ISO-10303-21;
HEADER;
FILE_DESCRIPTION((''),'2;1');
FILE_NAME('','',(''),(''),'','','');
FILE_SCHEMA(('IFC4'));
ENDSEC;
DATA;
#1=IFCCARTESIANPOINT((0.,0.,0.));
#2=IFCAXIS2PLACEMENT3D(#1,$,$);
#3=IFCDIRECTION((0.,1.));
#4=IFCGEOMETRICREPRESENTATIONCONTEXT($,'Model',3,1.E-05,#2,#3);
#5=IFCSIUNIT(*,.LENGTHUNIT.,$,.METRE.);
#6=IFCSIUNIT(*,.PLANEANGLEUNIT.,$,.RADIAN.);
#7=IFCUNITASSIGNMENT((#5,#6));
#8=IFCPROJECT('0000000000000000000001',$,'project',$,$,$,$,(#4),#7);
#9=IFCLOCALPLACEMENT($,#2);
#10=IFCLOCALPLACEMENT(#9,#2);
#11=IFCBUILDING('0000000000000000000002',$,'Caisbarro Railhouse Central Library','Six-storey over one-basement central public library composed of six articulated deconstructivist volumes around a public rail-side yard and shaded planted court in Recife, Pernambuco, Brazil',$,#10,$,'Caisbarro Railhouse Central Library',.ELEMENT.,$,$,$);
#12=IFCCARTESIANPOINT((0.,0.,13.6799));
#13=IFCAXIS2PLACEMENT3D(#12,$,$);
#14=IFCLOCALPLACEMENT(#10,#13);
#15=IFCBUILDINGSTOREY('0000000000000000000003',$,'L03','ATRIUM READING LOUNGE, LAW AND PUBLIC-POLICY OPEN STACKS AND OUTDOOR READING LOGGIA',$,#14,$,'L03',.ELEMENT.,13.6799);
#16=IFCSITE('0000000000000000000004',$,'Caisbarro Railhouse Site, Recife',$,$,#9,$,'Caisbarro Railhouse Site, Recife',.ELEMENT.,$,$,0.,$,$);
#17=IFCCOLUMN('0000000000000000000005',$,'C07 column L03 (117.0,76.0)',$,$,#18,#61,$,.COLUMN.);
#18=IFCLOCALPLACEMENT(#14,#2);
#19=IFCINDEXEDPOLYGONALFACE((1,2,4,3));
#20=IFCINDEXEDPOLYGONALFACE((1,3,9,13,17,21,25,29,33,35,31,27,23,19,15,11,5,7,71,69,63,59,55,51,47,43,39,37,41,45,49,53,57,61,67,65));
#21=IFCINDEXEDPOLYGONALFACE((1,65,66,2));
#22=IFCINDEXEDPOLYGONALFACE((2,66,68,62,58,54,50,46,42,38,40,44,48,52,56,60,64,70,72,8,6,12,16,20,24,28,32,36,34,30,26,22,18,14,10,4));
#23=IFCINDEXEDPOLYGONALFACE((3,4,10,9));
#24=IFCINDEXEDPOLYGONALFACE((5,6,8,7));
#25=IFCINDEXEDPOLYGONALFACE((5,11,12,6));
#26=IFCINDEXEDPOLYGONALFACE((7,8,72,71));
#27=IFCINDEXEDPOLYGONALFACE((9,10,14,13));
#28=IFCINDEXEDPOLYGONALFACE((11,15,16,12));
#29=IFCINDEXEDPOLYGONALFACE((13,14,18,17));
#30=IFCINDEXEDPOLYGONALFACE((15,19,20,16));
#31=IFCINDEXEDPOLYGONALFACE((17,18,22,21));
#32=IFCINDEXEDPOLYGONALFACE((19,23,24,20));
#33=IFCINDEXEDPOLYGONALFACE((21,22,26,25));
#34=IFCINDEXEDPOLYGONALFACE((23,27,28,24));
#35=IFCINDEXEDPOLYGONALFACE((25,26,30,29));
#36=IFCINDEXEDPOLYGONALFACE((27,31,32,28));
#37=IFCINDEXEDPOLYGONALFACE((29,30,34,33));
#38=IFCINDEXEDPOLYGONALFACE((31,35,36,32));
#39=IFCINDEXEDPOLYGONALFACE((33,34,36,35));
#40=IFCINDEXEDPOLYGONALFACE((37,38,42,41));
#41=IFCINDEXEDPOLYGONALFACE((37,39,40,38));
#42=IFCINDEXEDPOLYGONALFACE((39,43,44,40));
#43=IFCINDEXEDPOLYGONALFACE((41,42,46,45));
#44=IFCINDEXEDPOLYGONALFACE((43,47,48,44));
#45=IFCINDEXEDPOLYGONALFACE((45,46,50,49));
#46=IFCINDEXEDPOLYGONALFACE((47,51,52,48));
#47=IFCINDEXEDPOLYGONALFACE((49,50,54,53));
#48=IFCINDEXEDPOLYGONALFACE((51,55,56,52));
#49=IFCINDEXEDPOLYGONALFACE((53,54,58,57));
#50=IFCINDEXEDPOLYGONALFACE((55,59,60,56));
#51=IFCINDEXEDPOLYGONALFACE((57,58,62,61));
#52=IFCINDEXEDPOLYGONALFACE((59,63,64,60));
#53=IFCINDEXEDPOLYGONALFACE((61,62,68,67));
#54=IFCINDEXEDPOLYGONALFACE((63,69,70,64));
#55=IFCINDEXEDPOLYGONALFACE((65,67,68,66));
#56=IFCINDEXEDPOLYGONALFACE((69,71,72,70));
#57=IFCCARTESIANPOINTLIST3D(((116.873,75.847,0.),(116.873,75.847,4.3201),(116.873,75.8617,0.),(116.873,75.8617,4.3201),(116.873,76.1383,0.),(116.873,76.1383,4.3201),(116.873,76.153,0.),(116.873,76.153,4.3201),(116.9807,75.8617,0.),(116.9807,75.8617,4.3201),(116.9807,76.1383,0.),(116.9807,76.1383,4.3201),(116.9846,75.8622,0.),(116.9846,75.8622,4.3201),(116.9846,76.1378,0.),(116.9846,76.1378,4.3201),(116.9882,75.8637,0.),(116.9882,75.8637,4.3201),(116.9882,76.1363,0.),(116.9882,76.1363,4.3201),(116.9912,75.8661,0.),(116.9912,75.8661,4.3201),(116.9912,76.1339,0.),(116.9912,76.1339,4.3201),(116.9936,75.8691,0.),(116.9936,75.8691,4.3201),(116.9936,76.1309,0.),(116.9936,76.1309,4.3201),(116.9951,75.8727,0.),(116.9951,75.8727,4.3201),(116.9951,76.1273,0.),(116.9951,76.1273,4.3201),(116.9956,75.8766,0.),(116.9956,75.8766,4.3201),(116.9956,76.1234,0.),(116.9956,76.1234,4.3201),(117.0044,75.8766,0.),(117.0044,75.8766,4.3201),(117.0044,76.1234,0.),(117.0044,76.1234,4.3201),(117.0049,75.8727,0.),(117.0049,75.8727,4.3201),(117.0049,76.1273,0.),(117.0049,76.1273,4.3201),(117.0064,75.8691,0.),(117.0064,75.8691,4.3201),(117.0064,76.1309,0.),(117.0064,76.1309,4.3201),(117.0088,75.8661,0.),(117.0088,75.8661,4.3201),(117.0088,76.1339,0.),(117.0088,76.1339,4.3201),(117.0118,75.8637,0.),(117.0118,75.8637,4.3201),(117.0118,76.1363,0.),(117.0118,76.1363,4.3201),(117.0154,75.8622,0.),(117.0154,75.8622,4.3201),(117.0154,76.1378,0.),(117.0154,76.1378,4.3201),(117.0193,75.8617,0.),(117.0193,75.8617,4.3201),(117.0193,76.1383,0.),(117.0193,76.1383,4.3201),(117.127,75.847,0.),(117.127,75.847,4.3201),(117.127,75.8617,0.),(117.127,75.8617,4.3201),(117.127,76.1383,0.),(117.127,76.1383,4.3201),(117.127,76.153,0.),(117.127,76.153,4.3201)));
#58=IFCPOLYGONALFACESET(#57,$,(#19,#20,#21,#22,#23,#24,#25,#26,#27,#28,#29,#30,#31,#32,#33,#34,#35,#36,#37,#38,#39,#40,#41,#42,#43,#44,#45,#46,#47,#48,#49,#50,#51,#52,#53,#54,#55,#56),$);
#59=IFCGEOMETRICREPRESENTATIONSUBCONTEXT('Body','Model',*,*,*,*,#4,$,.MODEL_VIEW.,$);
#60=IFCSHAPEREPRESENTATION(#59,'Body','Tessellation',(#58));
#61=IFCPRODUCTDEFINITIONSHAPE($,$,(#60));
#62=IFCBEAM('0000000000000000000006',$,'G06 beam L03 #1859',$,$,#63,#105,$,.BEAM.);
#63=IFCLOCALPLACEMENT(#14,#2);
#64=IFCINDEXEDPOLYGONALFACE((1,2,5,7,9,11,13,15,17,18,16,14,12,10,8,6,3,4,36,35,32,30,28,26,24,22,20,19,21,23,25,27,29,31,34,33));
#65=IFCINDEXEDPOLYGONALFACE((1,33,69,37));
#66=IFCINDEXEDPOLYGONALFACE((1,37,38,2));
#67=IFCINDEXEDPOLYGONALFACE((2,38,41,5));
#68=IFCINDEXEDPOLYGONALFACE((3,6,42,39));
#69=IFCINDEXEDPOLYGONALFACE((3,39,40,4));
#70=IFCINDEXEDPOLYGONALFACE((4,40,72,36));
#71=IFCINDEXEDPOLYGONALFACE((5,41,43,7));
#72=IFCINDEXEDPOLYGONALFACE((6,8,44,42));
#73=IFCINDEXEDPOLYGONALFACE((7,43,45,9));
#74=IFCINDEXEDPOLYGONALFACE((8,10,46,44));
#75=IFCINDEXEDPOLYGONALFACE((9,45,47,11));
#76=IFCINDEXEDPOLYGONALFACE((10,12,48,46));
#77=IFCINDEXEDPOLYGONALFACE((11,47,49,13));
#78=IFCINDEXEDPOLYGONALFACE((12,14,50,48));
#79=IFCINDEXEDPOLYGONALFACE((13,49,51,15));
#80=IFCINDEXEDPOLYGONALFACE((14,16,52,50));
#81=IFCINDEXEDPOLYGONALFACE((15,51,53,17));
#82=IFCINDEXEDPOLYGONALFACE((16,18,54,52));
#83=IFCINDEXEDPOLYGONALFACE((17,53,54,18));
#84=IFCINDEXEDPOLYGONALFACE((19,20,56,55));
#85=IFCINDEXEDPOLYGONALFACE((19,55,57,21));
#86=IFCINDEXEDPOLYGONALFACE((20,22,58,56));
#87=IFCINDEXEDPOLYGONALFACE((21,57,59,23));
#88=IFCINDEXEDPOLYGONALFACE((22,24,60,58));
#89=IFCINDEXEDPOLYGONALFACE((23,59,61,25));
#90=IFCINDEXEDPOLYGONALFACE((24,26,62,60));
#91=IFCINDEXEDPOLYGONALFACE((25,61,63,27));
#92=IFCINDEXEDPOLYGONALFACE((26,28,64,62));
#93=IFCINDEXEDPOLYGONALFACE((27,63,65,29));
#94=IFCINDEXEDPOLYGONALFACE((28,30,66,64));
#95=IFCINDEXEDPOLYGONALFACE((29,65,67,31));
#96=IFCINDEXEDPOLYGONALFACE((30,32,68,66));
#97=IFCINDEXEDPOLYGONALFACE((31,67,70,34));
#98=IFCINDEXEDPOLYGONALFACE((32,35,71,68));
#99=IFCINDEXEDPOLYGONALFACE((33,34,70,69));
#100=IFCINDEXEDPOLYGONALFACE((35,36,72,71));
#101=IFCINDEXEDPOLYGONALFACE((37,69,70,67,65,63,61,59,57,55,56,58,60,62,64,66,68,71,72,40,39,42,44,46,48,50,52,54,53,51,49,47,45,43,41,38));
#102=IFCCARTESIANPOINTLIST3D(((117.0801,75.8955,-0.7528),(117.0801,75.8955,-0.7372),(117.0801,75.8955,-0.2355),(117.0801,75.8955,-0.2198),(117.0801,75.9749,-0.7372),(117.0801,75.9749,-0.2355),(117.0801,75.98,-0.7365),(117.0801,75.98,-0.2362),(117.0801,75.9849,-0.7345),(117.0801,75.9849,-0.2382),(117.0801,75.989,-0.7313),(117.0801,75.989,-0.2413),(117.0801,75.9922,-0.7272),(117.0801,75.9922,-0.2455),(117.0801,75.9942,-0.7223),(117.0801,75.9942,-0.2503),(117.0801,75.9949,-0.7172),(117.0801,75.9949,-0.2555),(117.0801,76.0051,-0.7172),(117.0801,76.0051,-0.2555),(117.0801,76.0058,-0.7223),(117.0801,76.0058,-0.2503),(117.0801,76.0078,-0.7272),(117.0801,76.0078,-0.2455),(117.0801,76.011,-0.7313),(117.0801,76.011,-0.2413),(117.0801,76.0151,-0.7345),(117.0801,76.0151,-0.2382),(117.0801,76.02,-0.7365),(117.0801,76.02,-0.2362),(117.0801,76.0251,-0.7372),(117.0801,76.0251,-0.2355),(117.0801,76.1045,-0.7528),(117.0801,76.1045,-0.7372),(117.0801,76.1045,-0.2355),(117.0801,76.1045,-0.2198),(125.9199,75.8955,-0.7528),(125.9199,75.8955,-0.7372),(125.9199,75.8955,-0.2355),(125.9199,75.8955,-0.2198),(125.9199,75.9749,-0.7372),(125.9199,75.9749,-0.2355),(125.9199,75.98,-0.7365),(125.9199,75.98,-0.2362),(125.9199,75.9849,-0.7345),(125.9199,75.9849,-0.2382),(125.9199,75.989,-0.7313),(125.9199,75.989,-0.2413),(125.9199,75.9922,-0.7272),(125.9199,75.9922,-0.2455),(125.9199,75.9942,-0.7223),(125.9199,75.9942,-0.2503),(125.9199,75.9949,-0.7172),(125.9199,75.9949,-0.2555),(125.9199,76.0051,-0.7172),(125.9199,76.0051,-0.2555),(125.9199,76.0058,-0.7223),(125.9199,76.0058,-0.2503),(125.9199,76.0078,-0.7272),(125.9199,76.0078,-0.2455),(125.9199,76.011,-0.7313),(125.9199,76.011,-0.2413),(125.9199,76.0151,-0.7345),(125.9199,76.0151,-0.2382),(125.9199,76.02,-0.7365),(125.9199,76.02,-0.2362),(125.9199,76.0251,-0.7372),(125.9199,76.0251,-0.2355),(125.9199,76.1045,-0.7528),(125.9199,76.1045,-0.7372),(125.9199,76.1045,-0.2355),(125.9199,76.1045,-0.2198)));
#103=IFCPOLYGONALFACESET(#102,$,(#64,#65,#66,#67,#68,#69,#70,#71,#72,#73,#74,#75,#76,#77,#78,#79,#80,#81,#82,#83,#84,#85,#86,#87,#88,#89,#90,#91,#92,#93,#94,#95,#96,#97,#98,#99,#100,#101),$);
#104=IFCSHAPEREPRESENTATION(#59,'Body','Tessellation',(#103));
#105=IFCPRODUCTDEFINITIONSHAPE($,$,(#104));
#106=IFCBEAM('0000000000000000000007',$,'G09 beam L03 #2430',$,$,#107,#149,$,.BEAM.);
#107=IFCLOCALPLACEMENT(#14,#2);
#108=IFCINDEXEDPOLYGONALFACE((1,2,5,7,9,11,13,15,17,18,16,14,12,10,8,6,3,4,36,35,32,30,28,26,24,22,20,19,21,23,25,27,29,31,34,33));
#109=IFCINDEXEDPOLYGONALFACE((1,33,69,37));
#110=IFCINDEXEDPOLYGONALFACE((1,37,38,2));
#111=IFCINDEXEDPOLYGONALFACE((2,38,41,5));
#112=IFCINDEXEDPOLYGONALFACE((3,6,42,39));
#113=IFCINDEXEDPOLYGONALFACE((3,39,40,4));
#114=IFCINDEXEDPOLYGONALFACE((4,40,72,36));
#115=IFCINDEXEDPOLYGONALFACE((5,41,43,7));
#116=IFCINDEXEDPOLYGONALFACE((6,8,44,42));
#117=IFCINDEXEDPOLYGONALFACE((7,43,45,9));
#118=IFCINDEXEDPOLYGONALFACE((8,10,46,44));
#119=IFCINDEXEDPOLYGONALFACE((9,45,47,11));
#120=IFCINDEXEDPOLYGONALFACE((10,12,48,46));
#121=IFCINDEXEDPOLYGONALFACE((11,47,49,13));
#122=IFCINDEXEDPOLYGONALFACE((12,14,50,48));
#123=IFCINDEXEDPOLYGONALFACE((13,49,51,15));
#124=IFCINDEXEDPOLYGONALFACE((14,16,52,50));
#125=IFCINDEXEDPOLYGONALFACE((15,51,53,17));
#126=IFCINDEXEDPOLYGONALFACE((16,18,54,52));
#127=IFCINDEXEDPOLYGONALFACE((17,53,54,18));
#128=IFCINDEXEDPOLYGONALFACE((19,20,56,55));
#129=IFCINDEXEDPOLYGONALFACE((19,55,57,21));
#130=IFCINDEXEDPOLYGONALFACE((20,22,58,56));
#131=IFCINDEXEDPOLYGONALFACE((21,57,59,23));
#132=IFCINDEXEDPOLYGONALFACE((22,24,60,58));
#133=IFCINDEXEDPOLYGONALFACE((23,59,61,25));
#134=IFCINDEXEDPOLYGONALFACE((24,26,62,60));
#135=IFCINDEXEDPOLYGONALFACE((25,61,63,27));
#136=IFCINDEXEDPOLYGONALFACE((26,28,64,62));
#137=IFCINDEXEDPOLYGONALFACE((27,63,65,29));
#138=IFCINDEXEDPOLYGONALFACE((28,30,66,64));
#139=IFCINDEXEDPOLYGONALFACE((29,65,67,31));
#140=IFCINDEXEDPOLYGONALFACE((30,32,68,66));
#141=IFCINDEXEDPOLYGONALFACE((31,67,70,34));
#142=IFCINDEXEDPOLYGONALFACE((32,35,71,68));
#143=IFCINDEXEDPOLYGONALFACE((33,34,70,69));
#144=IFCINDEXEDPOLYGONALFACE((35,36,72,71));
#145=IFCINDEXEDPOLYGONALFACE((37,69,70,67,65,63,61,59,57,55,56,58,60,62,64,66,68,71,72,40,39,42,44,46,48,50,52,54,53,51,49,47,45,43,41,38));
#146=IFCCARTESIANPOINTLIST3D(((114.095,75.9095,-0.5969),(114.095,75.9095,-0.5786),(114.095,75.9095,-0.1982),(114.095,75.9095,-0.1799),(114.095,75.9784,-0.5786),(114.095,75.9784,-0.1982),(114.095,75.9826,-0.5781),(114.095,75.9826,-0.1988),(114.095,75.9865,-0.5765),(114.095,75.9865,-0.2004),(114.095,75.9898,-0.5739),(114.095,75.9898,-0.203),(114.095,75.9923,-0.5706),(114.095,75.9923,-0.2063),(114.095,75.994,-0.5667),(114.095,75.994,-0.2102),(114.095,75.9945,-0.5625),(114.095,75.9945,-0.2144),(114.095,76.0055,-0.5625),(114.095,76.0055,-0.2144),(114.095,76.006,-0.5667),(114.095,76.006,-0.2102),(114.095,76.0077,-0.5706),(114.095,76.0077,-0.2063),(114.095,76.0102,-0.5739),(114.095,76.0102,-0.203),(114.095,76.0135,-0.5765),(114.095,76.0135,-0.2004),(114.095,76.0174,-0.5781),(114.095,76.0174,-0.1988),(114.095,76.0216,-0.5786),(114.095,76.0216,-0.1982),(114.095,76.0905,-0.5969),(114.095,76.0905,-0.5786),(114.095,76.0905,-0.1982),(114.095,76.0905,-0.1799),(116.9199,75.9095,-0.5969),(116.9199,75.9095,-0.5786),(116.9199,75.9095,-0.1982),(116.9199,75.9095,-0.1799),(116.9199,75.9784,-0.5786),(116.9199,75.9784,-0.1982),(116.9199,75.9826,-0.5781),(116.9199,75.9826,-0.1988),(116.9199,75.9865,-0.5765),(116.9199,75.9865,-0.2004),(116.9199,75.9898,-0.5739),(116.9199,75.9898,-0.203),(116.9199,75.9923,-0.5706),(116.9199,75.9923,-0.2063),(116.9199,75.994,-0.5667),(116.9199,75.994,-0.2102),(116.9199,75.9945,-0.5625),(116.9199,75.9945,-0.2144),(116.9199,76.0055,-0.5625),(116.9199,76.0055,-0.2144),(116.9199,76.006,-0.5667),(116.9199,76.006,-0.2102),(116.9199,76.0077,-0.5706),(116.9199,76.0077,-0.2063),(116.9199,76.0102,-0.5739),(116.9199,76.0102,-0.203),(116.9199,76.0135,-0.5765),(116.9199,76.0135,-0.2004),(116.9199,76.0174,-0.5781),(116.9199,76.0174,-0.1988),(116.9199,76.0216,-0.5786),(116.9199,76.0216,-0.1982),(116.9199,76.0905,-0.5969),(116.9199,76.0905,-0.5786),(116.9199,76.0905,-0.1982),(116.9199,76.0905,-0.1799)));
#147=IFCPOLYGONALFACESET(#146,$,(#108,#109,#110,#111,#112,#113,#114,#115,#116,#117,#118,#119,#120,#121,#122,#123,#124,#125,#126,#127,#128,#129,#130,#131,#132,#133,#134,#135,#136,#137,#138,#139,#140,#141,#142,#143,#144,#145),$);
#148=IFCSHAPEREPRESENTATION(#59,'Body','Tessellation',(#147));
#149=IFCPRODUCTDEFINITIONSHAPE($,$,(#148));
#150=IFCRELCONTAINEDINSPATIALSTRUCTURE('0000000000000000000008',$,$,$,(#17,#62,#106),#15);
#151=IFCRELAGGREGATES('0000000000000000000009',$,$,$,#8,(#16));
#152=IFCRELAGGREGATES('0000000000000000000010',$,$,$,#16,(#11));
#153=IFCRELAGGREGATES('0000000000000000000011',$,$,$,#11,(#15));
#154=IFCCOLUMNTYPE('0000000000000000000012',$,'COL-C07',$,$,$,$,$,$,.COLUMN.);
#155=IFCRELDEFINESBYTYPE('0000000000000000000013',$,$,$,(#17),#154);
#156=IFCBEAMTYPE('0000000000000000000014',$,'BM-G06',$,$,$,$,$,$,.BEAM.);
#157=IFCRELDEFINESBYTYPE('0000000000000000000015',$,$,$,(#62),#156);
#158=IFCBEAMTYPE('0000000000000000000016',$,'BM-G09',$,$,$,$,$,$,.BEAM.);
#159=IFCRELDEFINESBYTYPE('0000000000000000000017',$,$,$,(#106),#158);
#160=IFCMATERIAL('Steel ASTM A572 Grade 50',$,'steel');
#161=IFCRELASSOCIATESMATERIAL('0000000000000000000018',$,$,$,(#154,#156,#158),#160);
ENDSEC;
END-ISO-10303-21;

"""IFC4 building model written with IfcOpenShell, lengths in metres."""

from ifc_helpers import new_model, si_unit, direction, frame, origin, origin_2d, place, context, subcontext, project, spatial, i_section, extrude, material, material_profile, profile_set, type_object, element, save


model = new_model("IFC4")

# Units and contexts
model_context = context("Model", 3, precision=1e-05, world=origin(), true_north=direction((0.0, 1.0)))
body_context = subcontext(model_context, "Body", "Model", "MODEL_VIEW")
ifc_project = project(units=[si_unit("LENGTHUNIT", "METRE"), si_unit("PLANEANGLEUNIT", "RADIAN")], contexts=[model_context])

# Site, building, storey
site_placement = place(None, origin())
site = spatial("IfcSite", under=ifc_project, at=site_placement, Name="Caisbarro Railhouse Site, Recife", LongName="Caisbarro Railhouse Site, Recife", CompositionType="ELEMENT", RefElevation=0.0)
building_placement = place(site_placement, origin())
building = spatial("IfcBuilding", under=site, at=building_placement, Name="Caisbarro Railhouse Central Library", Description="Six-storey over one-basement central public library composed of six articulated deconstructivist volumes around a public rail-side yard and shaded planted court in Recife, Pernambuco, Brazil", LongName="Caisbarro Railhouse Central Library", CompositionType="ELEMENT")
storey_placement = place(building_placement, frame((0.0, 0.0, 13.6799)))
storey = spatial("IfcBuildingStorey", under=building, at=storey_placement, Name="L03", Description="ATRIUM READING LOUNGE, LAW AND PUBLIC-POLICY OPEN STACKS AND OUTDOOR READING LOGGIA", LongName="L03", CompositionType="ELEMENT", Elevation=13.6799)

# Column
ifc_material_1 = material(Name="Steel ASTM A572 Grade 50", Category="steel")
ifc_material_profile_1 = material_profile(ifc_material_1, i_section(OverallWidth=0.2539, OverallDepth=0.3059, WebThickness=0.0088, FlangeThickness=0.0146, FilletRadius=0.0149, at=origin_2d()), Name="W310X79.0")
ifc_profile_set_1 = profile_set([ifc_material_profile_1], Name="Steel ASTM A572 Grade 50")
column_type = type_object("IfcColumnType", Name="COL-C07", PredefinedType="COLUMN", material=ifc_profile_set_1)
column_placement = place(storey_placement, frame((117.0, 76.0, 0.0), z_axis=(0.0, 0.0, 1.0), x_axis=(1.0, 0.0, 0.0)))
element("IfcColumn", 1, at=column_placement, inside=storey, type_object=column_type, Name="C07 column L03 (117.0,76.0)", PredefinedType="COLUMN", context=body_context, shape_type="SweptSolid", body=[
    extrude(i_section(OverallWidth=0.2539, OverallDepth=0.3059, WebThickness=0.0088, FlangeThickness=0.0146, FilletRadius=0.0149, at=origin_2d()), origin(), (0.0, 0.0, 1.0), 4.3201),
])

# Beams
ifc_material_profile_2 = material_profile(ifc_material_1, i_section(OverallWidth=0.209, OverallDepth=0.533, WebThickness=0.0103, FlangeThickness=0.0156, FilletRadius=0.02, at=origin_2d()), Name="W530X92.0")
ifc_profile_set_2 = profile_set([ifc_material_profile_2], Name="Steel ASTM A572 Grade 50")
beam_type_1 = type_object("IfcBeamType", Name="BM-G06", PredefinedType="BEAM", material=ifc_profile_set_2)
beam_1_placement = place(storey_placement, frame((117.0801, 76.0, -0.4863), z_axis=(1.0, 0.0, 0.0), x_axis=(0.0, 1.0, 0.0)))
element("IfcBeam", 2, at=beam_1_placement, inside=storey, type_object=beam_type_1, Name="G06 beam L03 #1859", PredefinedType="BEAM", context=body_context, shape_type="SweptSolid", body=[
    extrude(i_section(OverallWidth=0.209, OverallDepth=0.533, WebThickness=0.0103, FlangeThickness=0.0156, FilletRadius=0.02, at=origin_2d()), origin(), (0.0, 0.0, 1.0), 8.8398),
])
ifc_material_profile_3 = material_profile(ifc_material_1, i_section(OverallWidth=0.1809, OverallDepth=0.417, WebThickness=0.011, FlangeThickness=0.0183, FilletRadius=0.0161, at=origin_2d()), Name="W410X85.0")
ifc_profile_set_3 = profile_set([ifc_material_profile_3], Name="Steel ASTM A572 Grade 50")
beam_type_2 = type_object("IfcBeamType", Name="BM-G09", PredefinedType="BEAM", material=ifc_profile_set_3)
beam_2_placement = place(storey_placement, frame((114.095, 76.0, -0.3884), z_axis=(1.0, 0.0, 0.0), x_axis=(0.0, 1.0, 0.0)))
element("IfcBeam", 3, at=beam_2_placement, inside=storey, type_object=beam_type_2, Name="G09 beam L03 #2430", PredefinedType="BEAM", context=body_context, shape_type="SweptSolid", body=[
    extrude(i_section(OverallWidth=0.1809, OverallDepth=0.417, WebThickness=0.011, FlangeThickness=0.0183, FilletRadius=0.0161, at=origin_2d()), origin(), (0.0, 0.0, 1.0), 2.825),
])

save(model, "model.ifc")
